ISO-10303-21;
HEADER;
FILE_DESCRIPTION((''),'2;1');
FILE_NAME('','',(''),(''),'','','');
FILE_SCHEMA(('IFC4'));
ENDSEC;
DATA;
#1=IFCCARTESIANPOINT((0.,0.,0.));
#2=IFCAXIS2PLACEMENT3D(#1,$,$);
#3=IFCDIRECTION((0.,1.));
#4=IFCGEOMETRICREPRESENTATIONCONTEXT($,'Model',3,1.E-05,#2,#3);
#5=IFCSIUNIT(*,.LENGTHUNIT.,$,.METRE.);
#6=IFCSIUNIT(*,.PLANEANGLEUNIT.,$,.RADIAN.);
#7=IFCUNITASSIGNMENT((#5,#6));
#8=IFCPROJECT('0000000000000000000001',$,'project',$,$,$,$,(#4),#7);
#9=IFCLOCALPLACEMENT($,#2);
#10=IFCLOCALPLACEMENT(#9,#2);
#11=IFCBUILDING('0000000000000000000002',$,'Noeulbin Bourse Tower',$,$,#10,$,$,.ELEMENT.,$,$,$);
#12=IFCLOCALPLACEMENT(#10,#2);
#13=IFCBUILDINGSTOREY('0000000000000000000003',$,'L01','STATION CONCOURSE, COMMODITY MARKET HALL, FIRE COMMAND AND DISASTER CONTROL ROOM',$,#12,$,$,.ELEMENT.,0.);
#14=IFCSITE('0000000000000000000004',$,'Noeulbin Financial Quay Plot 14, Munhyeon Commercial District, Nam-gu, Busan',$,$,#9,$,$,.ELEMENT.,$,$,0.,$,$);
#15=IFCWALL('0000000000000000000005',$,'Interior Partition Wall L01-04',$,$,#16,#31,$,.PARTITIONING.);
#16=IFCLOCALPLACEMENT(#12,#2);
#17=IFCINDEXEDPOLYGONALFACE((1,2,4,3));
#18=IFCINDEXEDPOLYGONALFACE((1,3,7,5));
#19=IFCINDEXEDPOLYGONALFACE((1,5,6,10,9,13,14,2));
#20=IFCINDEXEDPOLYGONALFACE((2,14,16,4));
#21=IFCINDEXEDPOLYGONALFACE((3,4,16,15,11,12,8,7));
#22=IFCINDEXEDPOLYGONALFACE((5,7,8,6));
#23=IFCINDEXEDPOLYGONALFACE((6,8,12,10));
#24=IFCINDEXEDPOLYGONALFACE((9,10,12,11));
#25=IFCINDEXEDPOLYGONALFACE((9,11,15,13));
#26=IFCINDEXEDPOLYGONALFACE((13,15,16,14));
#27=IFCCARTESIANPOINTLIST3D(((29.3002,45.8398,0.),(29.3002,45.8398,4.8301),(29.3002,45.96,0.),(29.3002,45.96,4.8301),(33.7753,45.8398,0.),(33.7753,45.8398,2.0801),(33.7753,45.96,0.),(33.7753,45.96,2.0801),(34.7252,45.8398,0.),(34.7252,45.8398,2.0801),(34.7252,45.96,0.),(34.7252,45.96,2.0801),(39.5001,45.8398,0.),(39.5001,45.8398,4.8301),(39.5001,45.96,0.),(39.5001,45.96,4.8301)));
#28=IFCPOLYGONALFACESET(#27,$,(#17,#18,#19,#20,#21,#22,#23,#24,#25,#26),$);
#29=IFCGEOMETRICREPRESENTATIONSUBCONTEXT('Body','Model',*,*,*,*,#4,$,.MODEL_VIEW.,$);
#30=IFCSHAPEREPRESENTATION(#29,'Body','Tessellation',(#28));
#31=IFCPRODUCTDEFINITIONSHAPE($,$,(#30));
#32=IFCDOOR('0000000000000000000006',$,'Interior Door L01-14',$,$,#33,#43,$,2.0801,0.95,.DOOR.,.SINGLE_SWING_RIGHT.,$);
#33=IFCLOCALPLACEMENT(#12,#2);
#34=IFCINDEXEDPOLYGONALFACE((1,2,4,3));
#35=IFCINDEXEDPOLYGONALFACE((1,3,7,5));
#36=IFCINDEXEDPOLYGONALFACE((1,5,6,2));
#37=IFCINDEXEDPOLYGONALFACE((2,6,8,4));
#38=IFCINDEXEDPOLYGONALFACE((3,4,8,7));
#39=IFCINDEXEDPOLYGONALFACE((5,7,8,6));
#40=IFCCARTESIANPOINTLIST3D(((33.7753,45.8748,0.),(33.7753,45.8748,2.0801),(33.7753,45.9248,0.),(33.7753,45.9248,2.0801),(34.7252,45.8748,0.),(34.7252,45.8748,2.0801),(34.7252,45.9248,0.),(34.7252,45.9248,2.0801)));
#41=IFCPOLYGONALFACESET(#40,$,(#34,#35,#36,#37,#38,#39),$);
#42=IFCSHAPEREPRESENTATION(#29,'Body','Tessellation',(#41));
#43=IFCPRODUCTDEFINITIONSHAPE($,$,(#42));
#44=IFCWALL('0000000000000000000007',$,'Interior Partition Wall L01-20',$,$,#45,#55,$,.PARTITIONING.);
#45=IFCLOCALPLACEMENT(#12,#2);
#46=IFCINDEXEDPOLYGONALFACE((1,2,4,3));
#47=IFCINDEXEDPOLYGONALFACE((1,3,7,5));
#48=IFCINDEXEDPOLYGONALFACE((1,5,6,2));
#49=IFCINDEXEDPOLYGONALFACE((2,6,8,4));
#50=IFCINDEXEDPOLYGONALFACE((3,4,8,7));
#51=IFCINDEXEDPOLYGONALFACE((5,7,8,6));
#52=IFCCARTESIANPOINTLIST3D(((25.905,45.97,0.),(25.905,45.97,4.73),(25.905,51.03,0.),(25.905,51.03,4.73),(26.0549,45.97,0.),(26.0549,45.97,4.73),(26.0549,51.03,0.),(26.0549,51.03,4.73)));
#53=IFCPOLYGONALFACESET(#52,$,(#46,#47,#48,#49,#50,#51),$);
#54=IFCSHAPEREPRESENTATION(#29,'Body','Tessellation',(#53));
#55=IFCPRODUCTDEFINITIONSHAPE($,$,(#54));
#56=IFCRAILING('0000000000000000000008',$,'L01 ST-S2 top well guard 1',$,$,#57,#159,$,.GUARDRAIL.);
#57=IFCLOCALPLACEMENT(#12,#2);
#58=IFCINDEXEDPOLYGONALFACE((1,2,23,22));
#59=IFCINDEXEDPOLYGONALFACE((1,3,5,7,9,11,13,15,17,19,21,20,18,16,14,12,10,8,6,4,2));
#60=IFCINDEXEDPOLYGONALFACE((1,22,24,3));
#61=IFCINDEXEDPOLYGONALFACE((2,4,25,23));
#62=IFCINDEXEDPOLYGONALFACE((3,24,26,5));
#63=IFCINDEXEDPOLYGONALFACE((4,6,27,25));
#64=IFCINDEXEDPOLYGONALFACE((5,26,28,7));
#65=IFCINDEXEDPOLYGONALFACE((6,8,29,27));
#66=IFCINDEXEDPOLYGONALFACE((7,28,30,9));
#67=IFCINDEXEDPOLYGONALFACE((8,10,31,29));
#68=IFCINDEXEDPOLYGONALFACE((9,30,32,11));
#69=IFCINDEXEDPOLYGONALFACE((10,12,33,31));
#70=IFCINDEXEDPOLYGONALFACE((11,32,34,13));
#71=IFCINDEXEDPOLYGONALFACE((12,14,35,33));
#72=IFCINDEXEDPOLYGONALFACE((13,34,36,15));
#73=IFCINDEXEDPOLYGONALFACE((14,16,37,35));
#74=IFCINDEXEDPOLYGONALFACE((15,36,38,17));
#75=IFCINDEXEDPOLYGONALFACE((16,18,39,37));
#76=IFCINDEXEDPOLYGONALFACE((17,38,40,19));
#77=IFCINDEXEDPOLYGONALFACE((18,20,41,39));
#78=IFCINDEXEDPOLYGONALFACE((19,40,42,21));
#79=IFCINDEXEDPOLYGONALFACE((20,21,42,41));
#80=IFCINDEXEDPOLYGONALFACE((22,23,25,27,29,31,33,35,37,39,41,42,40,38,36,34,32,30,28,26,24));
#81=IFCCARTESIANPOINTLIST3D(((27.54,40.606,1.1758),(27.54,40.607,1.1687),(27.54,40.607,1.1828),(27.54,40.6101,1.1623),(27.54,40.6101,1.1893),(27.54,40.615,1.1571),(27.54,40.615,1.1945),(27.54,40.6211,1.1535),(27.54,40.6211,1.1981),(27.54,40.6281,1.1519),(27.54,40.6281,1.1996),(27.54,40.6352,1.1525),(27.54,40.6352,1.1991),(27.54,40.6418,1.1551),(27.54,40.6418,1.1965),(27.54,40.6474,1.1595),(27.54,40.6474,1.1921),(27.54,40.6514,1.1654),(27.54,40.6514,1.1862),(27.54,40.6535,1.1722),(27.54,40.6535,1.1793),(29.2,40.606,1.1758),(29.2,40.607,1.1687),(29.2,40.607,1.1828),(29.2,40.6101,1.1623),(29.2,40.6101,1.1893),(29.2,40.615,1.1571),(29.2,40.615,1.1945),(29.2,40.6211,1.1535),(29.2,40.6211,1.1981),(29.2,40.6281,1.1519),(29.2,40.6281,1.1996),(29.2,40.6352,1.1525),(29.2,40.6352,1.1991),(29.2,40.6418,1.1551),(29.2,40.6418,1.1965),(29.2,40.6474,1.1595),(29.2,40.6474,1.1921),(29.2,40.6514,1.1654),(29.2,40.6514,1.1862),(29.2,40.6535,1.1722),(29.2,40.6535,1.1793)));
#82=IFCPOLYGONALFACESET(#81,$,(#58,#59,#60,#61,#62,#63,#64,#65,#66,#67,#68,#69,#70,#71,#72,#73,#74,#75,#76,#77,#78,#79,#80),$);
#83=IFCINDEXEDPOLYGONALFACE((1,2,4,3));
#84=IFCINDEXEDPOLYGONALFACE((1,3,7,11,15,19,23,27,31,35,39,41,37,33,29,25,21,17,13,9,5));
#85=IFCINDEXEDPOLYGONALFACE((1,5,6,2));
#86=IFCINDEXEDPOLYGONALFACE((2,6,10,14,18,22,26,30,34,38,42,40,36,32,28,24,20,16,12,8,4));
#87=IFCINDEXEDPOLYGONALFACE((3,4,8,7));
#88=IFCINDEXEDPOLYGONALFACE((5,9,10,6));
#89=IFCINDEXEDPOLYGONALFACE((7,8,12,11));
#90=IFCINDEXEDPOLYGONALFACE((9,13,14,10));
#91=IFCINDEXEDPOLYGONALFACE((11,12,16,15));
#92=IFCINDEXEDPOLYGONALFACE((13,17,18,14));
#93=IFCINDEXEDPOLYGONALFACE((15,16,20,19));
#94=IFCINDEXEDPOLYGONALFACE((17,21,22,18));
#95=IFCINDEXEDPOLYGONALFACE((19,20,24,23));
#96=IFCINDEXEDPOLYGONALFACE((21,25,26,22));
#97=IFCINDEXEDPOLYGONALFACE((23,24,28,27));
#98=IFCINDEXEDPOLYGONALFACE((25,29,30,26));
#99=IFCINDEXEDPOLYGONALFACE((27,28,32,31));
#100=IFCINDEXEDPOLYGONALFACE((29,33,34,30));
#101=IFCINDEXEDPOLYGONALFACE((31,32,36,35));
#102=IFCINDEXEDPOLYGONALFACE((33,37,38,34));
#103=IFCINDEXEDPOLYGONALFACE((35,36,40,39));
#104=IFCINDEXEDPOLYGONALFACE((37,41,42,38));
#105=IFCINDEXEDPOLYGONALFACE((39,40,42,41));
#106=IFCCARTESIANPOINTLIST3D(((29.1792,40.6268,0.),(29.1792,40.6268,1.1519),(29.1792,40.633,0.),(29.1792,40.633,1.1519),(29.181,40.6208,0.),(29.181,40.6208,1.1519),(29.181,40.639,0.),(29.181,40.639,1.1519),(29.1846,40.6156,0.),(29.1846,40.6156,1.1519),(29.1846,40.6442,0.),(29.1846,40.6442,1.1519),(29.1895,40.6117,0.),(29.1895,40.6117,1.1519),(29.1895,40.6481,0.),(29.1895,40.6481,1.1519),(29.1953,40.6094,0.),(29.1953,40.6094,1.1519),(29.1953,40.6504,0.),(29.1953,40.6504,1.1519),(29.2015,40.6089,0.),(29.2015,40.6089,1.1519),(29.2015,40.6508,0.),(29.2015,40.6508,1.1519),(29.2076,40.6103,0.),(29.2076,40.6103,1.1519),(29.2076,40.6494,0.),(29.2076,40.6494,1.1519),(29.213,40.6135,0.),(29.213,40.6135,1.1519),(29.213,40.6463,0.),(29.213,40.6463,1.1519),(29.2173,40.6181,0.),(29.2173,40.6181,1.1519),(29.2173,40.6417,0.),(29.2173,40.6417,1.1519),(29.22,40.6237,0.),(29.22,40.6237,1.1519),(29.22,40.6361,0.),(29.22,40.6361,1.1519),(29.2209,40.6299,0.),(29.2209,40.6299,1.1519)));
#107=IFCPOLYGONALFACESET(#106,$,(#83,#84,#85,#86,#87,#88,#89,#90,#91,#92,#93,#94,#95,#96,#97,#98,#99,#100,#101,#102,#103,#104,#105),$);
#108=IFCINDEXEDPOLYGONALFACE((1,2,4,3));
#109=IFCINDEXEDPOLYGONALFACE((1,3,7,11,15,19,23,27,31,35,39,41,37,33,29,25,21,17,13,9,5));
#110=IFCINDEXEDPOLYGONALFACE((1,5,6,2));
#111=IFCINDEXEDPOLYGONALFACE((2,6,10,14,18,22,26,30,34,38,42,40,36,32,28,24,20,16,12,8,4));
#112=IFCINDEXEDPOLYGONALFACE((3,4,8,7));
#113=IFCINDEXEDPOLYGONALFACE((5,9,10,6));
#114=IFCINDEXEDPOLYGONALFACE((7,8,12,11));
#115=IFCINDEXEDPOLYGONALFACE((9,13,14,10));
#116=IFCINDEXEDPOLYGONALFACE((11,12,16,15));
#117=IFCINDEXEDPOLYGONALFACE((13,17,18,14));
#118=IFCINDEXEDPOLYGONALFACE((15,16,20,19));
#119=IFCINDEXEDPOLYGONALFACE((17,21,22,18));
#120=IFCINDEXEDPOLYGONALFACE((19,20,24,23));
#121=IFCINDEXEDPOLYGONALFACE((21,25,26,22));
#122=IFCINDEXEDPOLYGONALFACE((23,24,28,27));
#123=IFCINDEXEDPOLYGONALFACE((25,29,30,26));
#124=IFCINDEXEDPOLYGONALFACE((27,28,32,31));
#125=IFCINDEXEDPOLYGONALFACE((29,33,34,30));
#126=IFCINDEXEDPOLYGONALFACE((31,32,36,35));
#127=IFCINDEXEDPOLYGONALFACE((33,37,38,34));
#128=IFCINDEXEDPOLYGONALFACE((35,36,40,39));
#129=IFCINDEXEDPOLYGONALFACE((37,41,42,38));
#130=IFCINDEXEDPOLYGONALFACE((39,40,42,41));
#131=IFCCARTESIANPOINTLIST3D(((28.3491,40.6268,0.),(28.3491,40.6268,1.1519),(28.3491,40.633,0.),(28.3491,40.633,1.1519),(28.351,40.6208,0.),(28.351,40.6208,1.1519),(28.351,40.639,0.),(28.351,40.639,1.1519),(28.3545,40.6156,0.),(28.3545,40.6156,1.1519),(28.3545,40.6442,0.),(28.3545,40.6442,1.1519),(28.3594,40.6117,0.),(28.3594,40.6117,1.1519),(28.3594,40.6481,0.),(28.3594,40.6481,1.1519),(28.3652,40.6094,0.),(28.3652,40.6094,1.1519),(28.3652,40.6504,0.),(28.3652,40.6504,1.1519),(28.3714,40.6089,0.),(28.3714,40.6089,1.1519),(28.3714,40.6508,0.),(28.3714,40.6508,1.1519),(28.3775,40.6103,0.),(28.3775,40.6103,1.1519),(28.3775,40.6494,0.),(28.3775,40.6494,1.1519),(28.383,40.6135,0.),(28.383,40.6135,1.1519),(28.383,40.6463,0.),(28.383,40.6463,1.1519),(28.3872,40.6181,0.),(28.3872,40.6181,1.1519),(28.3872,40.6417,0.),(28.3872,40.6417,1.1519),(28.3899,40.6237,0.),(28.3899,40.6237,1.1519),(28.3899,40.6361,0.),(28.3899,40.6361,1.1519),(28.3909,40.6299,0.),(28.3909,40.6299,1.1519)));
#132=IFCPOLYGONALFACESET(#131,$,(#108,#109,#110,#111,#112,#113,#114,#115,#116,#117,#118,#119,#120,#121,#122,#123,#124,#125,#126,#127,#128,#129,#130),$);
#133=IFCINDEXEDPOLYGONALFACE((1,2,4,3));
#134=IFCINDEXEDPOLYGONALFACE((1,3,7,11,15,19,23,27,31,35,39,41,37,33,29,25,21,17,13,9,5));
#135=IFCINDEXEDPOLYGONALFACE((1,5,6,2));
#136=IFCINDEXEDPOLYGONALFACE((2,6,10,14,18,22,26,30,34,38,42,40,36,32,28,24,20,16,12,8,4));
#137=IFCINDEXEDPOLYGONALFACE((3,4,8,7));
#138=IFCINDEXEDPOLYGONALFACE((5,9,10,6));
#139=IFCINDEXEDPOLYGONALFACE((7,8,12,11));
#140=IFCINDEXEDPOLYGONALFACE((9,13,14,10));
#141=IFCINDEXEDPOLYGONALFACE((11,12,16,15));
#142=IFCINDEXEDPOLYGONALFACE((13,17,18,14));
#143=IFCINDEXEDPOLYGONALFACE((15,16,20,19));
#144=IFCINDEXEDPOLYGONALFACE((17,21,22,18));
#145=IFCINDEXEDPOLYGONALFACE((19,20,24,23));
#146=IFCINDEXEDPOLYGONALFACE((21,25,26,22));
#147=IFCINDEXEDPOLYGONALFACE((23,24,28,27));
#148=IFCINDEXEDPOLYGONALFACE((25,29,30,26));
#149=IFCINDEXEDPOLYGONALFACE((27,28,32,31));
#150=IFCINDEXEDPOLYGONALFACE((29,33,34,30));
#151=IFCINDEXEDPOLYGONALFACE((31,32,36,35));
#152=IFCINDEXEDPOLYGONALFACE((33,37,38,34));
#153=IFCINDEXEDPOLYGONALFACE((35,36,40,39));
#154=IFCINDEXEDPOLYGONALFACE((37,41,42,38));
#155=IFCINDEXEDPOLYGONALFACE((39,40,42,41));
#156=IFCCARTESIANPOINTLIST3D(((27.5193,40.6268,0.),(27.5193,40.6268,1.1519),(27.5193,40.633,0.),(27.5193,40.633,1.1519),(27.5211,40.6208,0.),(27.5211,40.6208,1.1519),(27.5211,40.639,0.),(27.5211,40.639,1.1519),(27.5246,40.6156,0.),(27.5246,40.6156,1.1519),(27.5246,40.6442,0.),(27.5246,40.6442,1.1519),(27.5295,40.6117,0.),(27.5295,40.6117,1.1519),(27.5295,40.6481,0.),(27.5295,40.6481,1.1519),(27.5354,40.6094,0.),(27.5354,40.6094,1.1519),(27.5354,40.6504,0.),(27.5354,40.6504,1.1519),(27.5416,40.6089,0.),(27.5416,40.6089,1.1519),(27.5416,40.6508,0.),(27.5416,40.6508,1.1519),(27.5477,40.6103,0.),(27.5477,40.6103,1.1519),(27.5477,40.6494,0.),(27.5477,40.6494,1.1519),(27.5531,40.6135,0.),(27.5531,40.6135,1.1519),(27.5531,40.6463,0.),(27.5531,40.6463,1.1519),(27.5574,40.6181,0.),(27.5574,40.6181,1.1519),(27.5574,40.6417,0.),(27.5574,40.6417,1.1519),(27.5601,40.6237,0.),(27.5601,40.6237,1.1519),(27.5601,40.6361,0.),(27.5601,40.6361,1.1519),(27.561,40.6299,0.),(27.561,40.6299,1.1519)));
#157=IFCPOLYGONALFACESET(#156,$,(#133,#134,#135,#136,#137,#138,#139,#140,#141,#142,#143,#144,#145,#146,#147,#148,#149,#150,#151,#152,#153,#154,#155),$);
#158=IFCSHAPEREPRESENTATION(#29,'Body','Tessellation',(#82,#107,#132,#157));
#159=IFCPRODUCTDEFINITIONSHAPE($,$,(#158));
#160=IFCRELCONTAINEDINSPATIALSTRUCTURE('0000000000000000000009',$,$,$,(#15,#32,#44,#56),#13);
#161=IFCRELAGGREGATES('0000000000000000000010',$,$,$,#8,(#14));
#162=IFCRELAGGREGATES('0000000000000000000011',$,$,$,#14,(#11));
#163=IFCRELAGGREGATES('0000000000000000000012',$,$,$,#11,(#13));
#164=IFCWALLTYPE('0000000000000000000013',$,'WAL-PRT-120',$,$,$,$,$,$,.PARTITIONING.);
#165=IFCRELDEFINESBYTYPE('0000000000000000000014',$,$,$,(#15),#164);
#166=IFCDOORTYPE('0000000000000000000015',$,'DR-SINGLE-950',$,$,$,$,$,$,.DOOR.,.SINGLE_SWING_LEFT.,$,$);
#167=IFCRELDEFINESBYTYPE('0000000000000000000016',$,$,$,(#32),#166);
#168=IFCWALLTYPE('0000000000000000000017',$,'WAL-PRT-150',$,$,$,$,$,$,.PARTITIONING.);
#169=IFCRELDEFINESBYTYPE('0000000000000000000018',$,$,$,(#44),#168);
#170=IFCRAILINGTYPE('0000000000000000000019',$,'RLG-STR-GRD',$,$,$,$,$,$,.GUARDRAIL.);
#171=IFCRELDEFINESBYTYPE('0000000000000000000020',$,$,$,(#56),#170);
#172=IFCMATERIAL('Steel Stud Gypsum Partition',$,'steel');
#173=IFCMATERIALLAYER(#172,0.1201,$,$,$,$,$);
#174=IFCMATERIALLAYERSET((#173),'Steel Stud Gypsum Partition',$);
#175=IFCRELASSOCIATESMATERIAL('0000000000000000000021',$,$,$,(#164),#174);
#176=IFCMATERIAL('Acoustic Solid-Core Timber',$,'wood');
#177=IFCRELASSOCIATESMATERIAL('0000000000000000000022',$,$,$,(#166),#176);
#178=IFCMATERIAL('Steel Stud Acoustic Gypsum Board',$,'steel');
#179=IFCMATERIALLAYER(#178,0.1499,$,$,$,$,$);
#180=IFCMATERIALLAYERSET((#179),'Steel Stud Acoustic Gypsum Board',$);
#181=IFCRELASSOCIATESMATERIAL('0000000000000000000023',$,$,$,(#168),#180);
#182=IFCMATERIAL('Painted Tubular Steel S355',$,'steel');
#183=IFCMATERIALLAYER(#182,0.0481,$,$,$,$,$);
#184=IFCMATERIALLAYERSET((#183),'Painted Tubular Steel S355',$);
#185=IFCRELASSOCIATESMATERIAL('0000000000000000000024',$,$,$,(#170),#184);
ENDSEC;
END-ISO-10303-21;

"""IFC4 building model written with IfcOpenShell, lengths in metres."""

from ifc_helpers import new_model, si_unit, direction, frame, frame_2d, origin, origin_2d, place, context, subcontext, project, spatial, rectangle, circle, extrude, material, layer, layer_set, type_object, element, fill, save


model = new_model("IFC4")

# Units and contexts
model_context = context("Model", 3, precision=1e-05, world=origin(), true_north=direction((0.0, 1.0)))
body_context = subcontext(model_context, "Body", "Model", "MODEL_VIEW")
ifc_project = project(units=[si_unit("LENGTHUNIT", "METRE"), si_unit("PLANEANGLEUNIT", "RADIAN")], contexts=[model_context])

# Site, building, storey
site_placement = place(None, origin())
site = spatial("IfcSite", under=ifc_project, at=site_placement, Name="Noeulbin Financial Quay Plot 14, Munhyeon Commercial District, Nam-gu, Busan", CompositionType="ELEMENT", RefElevation=0.0)
building_placement = place(site_placement, origin())
building = spatial("IfcBuilding", under=site, at=building_placement, Name="Noeulbin Bourse Tower", CompositionType="ELEMENT")
storey_placement = place(building_placement, origin())
storey = spatial("IfcBuildingStorey", under=building, at=storey_placement, Name="L01", Description="STATION CONCOURSE, COMMODITY MARKET HALL, FIRE COMMAND AND DISASTER CONTROL ROOM", CompositionType="ELEMENT", Elevation=0.0)

# Wall, opening, door
ifc_material_1 = material(Name="Steel Stud Gypsum Partition", Category="steel")
ifc_layer_1 = layer(ifc_material_1, 0.1201)
ifc_layer_set_1 = layer_set([ifc_layer_1], Name="Steel Stud Gypsum Partition")
wall_type_1 = type_object("IfcWallType", Name="WAL-PRT-120", PredefinedType="PARTITIONING", material=ifc_layer_set_1)
wall_1_placement = place(storey_placement, frame((29.3, 45.8999, 0.0), z_axis=(0.0, 0.0, 1.0), x_axis=(1.0, 0.0, 0.0)))
wall_1 = element("IfcWall", 1, at=wall_1_placement, inside=storey, type_object=wall_type_1, Name="Interior Partition Wall L01-04", PredefinedType="PARTITIONING", context=body_context, shape_type="SweptSolid", body=[
    extrude(rectangle(XDim=10.2, YDim=0.1201, at=frame_2d((5.1001, 0.0))), origin(), (0.0, 0.0, 1.0), 4.8301),
])
opening_placement = place(wall_1_placement, frame((4.4751, 0.0, 0.0)))
opening = element("IfcOpeningElement", 2, at=opening_placement, cuts=wall_1, PredefinedType="OPENING", context=body_context, shape_type="SweptSolid", body=[
    extrude(rectangle(XDim=0.95, YDim=2.0801, at=frame_2d((0.4751, 1.04))), frame((0.0, 0.0701, 0.0), z_axis=(0.0, -1.0, 0.0), x_axis=(1.0, 0.0, 0.0)), (0.0, 0.0, 1.0), 0.1401),
])
ifc_material_2 = material(Name="Acoustic Solid-Core Timber", Category="wood")
door_type = type_object("IfcDoorType", Name="DR-SINGLE-950", OperationType="SINGLE_SWING_LEFT", PredefinedType="DOOR", material=ifc_material_2)
door_placement = place(opening_placement, origin())
door = element("IfcDoor", 3, at=door_placement, inside=storey, type_object=door_type, Name="Interior Door L01-14", OperationType="SINGLE_SWING_RIGHT", OverallHeight=2.0801, OverallWidth=0.95, PredefinedType="DOOR", context=body_context, shape_type="SweptSolid", body=[
    extrude(rectangle(XDim=0.95, YDim=2.0801, at=frame_2d((0.4751, 1.04))), frame((0.0, 0.0249, 0.0), z_axis=(0.0, -1.0, 0.0), x_axis=(1.0, 0.0, 0.0)), (0.0, 0.0, 1.0), 0.05),
])
fill(opening, door)

# Wall
ifc_material_3 = material(Name="Steel Stud Acoustic Gypsum Board", Category="steel")
ifc_layer_2 = layer(ifc_material_3, 0.1499)
ifc_layer_set_2 = layer_set([ifc_layer_2], Name="Steel Stud Acoustic Gypsum Board")
wall_type_2 = type_object("IfcWallType", Name="WAL-PRT-150", PredefinedType="PARTITIONING", material=ifc_layer_set_2)
wall_2_placement = place(storey_placement, frame((25.98, 45.97, 0.0), z_axis=(0.0, 0.0, 1.0), x_axis=(0.0, 1.0, 0.0)))
element("IfcWall", 4, at=wall_2_placement, inside=storey, type_object=wall_type_2, Name="Interior Partition Wall L01-20", PredefinedType="PARTITIONING", context=body_context, shape_type="SweptSolid", body=[
    extrude(rectangle(XDim=5.0601, YDim=0.1499, at=frame_2d((2.53, 0.0))), origin(), (0.0, 0.0, 1.0), 4.73),
])

# Railing
ifc_material_4 = material(Name="Painted Tubular Steel S355", Category="steel")
ifc_layer_3 = layer(ifc_material_4, 0.0481)
ifc_layer_set_3 = layer_set([ifc_layer_3], Name="Painted Tubular Steel S355")
railing_type = type_object("IfcRailingType", Name="RLG-STR-GRD", PredefinedType="GUARDRAIL", material=ifc_layer_set_3)
railing_placement = place(storey_placement, frame((29.2, 40.6299, 0.0)))
element("IfcRailing", 5, at=railing_placement, inside=storey, type_object=railing_type, Name="L01 ST-S2 top well guard 1", PredefinedType="GUARDRAIL", context=body_context, shape_type="SweptSolid", body=[
    extrude(circle(Radius=0.0239, at=origin_2d()), frame((0.0, 0.0, 1.1758), z_axis=(-1.0, 0.0, 0.0), x_axis=(0.0, -1.0, 0.0)), (0.0, 0.0, 1.0), 1.6599),
    extrude(circle(Radius=0.021, at=origin_2d()), origin(), (0.0, 0.0, 1.0), 1.1519),
    extrude(circle(Radius=0.021, at=origin_2d()), frame((-0.8301, 0.0, 0.0)), (0.0, 0.0, 1.0), 1.1519),
    extrude(circle(Radius=0.021, at=origin_2d()), frame((-1.6599, 0.0, 0.0)), (0.0, 0.0, 1.0), 1.1519),
])

save(model, "model.ifc")
